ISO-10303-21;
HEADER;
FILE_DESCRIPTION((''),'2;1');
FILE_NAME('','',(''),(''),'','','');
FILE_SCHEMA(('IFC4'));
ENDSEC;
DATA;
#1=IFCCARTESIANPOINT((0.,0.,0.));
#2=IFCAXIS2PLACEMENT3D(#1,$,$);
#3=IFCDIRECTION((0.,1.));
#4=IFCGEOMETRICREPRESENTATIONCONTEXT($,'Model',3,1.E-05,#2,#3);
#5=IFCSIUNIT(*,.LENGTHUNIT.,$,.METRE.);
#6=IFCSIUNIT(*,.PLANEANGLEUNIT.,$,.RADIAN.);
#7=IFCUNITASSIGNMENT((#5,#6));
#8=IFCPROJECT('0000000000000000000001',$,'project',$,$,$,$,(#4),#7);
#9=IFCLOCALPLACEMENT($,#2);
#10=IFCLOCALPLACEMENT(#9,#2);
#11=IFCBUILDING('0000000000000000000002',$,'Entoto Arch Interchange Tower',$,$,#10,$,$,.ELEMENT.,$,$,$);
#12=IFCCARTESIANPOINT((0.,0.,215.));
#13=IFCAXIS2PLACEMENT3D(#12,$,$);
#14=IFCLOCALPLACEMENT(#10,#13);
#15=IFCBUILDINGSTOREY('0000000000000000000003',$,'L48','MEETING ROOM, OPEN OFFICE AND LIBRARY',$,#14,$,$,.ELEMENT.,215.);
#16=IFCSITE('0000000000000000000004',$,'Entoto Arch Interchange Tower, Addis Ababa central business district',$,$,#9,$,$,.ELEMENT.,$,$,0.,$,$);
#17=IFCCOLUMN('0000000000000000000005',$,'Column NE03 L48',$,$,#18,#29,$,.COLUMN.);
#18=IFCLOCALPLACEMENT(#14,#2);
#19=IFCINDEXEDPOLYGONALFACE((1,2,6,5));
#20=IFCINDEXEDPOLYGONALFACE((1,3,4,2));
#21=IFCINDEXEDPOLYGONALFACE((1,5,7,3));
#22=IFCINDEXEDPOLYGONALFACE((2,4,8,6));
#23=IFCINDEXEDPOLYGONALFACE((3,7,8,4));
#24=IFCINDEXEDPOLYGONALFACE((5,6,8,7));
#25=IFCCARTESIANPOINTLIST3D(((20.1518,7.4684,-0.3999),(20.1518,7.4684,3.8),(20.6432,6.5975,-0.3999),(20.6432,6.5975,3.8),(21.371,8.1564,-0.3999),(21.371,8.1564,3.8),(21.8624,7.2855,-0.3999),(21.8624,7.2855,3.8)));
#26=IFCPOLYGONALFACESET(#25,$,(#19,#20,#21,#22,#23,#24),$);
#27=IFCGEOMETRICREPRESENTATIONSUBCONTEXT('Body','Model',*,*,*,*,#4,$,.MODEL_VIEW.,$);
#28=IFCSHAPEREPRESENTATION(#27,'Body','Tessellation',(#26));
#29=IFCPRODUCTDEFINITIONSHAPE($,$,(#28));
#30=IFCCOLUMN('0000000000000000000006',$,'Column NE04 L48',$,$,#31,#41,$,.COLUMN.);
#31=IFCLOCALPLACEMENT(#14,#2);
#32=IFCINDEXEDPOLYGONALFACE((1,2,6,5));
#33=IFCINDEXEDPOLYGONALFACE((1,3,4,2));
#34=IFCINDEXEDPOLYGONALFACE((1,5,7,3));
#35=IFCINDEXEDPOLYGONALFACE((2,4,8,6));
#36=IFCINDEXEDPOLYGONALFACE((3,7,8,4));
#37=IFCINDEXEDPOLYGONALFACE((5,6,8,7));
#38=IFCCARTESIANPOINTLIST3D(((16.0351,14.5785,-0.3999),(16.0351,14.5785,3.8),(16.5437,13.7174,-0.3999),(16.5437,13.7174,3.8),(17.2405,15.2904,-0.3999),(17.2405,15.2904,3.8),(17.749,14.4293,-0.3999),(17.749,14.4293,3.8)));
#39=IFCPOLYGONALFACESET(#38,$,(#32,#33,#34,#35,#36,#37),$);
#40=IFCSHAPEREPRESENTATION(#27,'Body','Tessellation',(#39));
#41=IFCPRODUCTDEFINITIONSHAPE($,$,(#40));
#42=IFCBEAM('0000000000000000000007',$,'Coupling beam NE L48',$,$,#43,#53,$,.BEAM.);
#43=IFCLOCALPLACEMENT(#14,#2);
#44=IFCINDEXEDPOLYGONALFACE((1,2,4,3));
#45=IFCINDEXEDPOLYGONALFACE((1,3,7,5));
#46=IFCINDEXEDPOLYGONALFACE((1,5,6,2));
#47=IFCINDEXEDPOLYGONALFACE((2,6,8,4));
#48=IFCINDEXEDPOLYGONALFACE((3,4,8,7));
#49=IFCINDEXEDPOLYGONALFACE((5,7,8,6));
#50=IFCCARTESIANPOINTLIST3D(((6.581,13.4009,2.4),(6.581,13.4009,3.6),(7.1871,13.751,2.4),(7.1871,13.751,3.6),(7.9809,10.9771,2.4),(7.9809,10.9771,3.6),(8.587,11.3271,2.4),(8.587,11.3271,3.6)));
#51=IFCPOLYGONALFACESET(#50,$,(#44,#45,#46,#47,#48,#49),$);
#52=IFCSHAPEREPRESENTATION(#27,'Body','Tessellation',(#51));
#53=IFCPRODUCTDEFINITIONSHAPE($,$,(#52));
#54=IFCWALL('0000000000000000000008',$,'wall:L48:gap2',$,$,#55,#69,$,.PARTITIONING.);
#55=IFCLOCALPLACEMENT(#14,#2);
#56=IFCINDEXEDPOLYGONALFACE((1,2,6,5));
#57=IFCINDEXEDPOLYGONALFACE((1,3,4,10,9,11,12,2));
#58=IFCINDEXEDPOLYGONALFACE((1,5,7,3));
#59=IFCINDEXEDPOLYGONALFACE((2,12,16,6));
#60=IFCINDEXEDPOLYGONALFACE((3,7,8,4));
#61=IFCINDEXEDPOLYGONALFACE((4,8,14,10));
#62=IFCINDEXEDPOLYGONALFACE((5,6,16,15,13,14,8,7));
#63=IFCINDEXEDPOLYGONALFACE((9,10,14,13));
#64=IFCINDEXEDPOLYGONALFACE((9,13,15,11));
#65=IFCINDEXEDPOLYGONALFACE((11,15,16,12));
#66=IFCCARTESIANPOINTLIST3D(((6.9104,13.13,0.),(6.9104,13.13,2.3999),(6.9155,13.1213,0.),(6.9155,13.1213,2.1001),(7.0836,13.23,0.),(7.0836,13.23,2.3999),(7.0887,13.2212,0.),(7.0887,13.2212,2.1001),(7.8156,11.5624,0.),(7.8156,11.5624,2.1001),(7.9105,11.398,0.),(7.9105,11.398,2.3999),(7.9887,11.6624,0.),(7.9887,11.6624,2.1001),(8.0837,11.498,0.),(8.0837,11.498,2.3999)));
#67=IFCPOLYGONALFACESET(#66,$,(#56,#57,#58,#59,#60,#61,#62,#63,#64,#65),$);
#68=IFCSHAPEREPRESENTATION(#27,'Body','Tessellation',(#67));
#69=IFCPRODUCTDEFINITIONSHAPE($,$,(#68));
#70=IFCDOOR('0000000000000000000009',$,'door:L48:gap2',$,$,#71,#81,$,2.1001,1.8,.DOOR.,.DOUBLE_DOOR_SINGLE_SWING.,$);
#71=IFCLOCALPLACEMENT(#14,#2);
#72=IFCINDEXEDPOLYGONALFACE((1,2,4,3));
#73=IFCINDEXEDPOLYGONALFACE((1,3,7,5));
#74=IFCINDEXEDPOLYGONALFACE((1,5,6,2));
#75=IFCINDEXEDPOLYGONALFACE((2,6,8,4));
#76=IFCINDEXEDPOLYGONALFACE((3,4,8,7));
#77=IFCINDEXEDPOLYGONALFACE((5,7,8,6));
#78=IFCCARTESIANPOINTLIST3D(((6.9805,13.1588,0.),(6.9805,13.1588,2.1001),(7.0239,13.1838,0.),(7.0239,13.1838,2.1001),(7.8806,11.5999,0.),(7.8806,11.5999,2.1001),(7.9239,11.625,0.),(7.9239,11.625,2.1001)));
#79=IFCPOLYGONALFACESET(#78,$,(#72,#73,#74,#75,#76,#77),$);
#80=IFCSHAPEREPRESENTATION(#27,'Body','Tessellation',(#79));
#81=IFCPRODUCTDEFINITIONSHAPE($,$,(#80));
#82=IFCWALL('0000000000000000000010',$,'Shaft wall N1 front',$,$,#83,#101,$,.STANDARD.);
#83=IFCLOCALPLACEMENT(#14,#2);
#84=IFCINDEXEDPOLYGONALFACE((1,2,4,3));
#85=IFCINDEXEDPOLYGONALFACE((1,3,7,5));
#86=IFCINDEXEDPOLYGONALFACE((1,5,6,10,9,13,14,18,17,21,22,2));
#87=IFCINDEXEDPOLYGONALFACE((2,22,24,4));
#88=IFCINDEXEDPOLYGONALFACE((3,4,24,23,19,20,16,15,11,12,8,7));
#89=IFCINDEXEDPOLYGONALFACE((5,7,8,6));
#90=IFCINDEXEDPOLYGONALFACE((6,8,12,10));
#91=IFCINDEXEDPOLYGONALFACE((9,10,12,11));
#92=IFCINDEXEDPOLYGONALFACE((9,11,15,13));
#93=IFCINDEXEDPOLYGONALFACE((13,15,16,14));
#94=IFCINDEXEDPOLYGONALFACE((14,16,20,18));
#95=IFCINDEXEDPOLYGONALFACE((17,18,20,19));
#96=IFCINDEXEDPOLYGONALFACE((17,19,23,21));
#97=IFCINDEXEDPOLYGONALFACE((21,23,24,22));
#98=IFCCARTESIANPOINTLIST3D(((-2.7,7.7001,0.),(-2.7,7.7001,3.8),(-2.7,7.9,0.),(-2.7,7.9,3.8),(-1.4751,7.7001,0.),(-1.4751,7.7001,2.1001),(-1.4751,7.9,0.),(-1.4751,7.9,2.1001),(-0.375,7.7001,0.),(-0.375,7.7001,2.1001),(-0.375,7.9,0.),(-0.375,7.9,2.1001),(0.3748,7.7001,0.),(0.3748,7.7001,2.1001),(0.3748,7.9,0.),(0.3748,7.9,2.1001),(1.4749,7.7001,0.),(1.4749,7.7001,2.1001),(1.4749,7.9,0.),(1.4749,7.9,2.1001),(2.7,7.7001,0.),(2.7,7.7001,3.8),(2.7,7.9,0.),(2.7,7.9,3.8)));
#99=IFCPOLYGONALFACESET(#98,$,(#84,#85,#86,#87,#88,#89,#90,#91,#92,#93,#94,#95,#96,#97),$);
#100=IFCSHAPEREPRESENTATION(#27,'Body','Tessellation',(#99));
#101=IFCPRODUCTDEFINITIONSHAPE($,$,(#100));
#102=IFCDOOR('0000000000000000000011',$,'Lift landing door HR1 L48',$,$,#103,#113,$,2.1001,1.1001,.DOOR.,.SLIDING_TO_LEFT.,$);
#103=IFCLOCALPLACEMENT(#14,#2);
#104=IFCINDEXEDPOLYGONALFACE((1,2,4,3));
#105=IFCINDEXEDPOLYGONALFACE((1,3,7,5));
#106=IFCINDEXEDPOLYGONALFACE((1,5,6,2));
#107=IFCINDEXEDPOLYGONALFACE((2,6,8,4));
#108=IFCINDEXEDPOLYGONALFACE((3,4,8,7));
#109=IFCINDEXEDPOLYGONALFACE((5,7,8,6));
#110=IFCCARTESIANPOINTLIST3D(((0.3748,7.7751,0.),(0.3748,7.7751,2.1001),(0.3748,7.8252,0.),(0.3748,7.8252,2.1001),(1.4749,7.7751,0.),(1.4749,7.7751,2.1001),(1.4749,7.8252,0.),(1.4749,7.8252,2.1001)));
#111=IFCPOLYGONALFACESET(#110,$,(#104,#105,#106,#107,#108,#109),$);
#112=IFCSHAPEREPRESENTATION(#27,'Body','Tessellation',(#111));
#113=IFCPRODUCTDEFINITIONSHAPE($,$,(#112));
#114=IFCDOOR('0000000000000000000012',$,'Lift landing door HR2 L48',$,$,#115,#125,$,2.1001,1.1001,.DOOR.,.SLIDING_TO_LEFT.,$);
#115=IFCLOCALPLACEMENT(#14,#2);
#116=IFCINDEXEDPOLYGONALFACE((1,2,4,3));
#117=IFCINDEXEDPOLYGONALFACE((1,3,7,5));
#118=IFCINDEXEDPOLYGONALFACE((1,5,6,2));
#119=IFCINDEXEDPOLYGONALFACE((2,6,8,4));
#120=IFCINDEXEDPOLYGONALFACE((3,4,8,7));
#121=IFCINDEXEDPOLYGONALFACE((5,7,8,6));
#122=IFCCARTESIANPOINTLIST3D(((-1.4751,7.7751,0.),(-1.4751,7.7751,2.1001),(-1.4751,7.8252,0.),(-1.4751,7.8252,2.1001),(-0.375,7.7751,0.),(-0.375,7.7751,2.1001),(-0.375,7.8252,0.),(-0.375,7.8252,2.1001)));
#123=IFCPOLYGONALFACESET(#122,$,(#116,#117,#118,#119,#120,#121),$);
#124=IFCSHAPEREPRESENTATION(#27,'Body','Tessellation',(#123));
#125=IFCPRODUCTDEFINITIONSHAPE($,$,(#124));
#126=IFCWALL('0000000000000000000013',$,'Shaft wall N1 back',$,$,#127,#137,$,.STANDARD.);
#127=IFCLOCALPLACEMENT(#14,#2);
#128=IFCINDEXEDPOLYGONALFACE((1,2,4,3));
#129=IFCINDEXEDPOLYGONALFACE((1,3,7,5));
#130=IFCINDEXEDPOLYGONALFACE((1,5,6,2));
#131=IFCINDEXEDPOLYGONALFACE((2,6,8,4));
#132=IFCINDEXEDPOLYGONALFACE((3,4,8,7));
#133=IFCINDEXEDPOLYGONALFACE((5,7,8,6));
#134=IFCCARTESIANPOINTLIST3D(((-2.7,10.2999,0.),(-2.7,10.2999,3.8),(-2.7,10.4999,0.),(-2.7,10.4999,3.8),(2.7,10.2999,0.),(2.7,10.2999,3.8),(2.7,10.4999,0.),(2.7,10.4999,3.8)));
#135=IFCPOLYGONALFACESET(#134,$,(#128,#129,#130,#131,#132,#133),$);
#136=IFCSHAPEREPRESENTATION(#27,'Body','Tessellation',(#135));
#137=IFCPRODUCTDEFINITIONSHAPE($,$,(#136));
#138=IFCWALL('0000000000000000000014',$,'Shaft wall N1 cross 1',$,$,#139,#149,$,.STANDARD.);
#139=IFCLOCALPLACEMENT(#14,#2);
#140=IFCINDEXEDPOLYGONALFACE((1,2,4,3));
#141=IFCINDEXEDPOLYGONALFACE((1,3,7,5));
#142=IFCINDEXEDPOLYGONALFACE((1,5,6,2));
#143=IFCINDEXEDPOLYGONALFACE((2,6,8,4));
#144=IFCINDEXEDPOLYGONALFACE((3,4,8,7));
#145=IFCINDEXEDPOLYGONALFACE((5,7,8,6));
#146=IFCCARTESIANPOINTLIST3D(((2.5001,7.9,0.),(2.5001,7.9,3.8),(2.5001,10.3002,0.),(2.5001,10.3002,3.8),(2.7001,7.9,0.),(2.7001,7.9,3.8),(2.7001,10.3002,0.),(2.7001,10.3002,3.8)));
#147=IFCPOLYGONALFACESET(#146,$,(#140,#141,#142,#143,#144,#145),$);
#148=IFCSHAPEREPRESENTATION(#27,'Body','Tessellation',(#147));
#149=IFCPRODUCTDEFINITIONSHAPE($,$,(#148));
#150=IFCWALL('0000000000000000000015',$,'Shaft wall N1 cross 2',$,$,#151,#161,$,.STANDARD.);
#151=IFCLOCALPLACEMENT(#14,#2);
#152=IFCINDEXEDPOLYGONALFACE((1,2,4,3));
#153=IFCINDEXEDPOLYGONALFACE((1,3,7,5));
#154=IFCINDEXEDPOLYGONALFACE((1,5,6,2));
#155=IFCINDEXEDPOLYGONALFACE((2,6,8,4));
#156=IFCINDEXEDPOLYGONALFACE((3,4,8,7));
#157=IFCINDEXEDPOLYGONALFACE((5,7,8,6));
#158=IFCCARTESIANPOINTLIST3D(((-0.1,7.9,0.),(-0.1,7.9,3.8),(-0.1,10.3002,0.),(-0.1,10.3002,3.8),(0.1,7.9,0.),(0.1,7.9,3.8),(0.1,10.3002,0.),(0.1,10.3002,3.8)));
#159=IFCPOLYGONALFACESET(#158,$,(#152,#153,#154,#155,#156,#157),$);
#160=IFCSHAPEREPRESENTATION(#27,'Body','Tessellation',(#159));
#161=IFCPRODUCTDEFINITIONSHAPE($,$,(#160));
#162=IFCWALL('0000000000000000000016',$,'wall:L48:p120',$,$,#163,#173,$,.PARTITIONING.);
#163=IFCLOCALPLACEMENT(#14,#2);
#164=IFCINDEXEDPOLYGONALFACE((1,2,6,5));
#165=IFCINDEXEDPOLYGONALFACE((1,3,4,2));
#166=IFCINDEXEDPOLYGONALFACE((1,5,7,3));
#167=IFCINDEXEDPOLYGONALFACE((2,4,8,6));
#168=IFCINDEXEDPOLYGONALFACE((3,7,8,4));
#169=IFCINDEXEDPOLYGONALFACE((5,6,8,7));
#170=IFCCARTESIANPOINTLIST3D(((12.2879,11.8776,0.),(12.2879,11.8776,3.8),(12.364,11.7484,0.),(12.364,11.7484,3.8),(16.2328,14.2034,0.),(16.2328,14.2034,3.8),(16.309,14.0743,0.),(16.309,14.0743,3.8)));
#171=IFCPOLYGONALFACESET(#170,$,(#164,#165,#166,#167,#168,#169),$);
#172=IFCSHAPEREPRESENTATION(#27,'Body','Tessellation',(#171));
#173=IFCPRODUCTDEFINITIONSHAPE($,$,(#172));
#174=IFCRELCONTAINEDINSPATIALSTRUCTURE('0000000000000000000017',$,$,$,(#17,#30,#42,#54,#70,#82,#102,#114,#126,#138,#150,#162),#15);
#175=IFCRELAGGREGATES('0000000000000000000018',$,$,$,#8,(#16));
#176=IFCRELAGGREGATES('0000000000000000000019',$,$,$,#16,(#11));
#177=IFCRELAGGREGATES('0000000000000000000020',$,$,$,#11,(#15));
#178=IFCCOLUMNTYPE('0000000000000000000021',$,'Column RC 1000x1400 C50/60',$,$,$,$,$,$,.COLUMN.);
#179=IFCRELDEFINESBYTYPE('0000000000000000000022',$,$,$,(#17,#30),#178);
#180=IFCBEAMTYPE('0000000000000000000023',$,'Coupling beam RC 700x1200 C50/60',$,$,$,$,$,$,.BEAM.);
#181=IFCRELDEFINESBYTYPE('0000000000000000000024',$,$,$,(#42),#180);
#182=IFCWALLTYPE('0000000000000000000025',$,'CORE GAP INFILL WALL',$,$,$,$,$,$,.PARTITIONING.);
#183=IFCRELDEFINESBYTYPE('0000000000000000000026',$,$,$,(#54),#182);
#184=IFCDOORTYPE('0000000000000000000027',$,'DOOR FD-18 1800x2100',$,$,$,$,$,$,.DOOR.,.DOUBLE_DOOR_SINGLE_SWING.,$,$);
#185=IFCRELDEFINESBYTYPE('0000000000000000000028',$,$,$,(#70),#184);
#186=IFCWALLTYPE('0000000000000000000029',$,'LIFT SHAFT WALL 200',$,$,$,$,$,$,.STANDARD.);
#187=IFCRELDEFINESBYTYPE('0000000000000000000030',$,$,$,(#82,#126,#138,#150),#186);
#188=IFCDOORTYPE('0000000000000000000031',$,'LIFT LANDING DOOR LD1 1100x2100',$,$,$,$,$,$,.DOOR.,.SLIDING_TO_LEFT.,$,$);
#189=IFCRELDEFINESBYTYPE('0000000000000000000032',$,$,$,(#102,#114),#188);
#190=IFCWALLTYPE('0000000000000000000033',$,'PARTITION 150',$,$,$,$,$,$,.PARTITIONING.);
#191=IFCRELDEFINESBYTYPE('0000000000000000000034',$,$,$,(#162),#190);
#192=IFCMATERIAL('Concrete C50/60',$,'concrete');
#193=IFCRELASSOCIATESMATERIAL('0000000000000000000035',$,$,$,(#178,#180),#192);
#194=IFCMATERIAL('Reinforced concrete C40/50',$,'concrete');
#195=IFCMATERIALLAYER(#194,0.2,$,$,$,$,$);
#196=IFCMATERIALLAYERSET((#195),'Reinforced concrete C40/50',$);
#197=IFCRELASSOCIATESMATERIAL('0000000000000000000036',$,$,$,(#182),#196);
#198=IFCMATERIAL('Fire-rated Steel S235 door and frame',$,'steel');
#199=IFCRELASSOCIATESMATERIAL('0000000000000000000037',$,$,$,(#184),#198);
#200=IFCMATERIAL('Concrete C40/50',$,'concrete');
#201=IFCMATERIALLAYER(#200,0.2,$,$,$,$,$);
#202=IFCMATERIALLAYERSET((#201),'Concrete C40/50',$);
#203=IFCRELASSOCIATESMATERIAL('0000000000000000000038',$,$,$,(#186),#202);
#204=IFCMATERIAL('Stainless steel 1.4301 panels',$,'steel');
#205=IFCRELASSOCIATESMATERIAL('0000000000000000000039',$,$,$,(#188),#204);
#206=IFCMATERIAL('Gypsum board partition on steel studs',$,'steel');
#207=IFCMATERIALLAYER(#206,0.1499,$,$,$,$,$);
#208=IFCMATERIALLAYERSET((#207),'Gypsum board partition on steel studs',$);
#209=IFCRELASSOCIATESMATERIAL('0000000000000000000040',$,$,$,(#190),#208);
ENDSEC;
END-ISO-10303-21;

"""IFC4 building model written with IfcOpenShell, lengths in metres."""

from ifc_helpers import new_model, si_unit, direction, frame, frame_2d, origin, origin_2d, place, context, subcontext, project, spatial, rectangle, extrude, material, layer, layer_set, material_profile, profile_set, type_object, element, fill, save


model = new_model("IFC4")

# Units and contexts
model_context = context("Model", 3, precision=1e-05, world=origin(), true_north=direction((0.0, 1.0)))
body_context = subcontext(model_context, "Body", "Model", "MODEL_VIEW")
ifc_project = project(units=[si_unit("LENGTHUNIT", "METRE"), si_unit("PLANEANGLEUNIT", "RADIAN")], contexts=[model_context])

# Site, building, storey
site_placement = place(None, origin())
site = spatial("IfcSite", under=ifc_project, at=site_placement, Name="Entoto Arch Interchange Tower, Addis Ababa central business district", CompositionType="ELEMENT", RefElevation=0.0)
building_placement = place(site_placement, origin())
building = spatial("IfcBuilding", under=site, at=building_placement, Name="Entoto Arch Interchange Tower", CompositionType="ELEMENT")
storey_placement = place(building_placement, frame((0.0, 0.0, 215.0)))
storey = spatial("IfcBuildingStorey", under=building, at=storey_placement, Name="L48", Description="MEETING ROOM, OPEN OFFICE AND LIBRARY", CompositionType="ELEMENT", Elevation=215.0)

# Columns
ifc_material_1 = material(Name="Concrete C50/60", Category="concrete")
ifc_material_profile_1 = material_profile(ifc_material_1, rectangle(XDim=1.0, YDim=1.3999, at=origin_2d()))
ifc_profile_set_1 = profile_set([ifc_material_profile_1], Name="Concrete C50/60")
column_type = type_object("IfcColumnType", Name="Column RC 1000x1400 C50/60", PredefinedType="COLUMN", material=ifc_profile_set_1)
for number, where, z_axis, x_axis, name in (
    (1, (21.0071, 7.377, -0.3999), (0.0, 0.0, 1.0), (-0.491436, 0.870914, 0.0), "Column NE03 L48"),
    (2, (16.8921, 14.5039, -0.3999), (0.0, 0.0, 1.0), (-0.508516, 0.861053, 0.0), "Column NE04 L48"),
):
    element("IfcColumn", number, at=place(storey_placement, frame(where, z_axis=z_axis, x_axis=x_axis)), inside=storey, type_object=column_type, Name=name, PredefinedType="COLUMN", context=body_context, shape_type="SweptSolid", body=[
        extrude(rectangle(XDim=1.0, YDim=1.3999, at=origin_2d()), origin(), (0.0, 0.0, 1.0), 4.2),
    ])

# Beam
ifc_material_profile_2 = material_profile(ifc_material_1, rectangle(XDim=0.7, YDim=1.2, at=origin_2d()))
ifc_profile_set_2 = profile_set([ifc_material_profile_2], Name="Concrete C50/60")
beam_type = type_object("IfcBeamType", Name="Coupling beam RC 700x1200 C50/60", PredefinedType="BEAM", material=ifc_profile_set_2)
beam_placement = place(storey_placement, frame((8.2839, 11.1521, 3.0), z_axis=(-0.500135, 0.865947, 0.0), x_axis=(-0.865947, -0.500135, 0.0)))
element("IfcBeam", 3, at=beam_placement, inside=storey, type_object=beam_type, Name="Coupling beam NE L48", PredefinedType="BEAM", context=body_context, shape_type="SweptSolid", body=[
    extrude(rectangle(XDim=0.7, YDim=1.2, at=origin_2d()), origin(), (0.0, 0.0, 1.0), 2.7991),
])

# Wall, opening, door
ifc_material_2 = material(Name="Reinforced concrete C40/50", Category="concrete")
ifc_layer_1 = layer(ifc_material_2, 0.2)
ifc_layer_set_1 = layer_set([ifc_layer_1], Name="Reinforced concrete C40/50")
wall_type_1 = type_object("IfcWallType", Name="CORE GAP INFILL WALL", PredefinedType="PARTITIONING", material=ifc_layer_set_1)
wall_1_placement = place(storey_placement, frame((7.9971, 11.448, 0.0), z_axis=(0.0, 0.0, 1.0), x_axis=(-0.500025, 0.866011, 0.0)))
wall_1 = element("IfcWall", 4, at=wall_1_placement, inside=storey, type_object=wall_type_1, Name="wall:L48:gap2", PredefinedType="PARTITIONING", context=body_context, shape_type="SweptSolid", body=[
    extrude(rectangle(XDim=2.0, YDim=0.2, at=frame_2d((1.0, 0.0))), origin(), (0.0, 0.0, 1.0), 2.3999),
])
opening_1_placement = place(wall_1_placement, frame((0.1899, 0.0, 0.0)))
opening_1 = element("IfcOpeningElement", 5, at=opening_1_placement, cuts=wall_1, PredefinedType="OPENING", context=body_context, shape_type="SweptSolid", body=[
    extrude(rectangle(XDim=1.8, YDim=2.1001, at=frame_2d((0.8999, 1.05))), frame((0.0, 0.1099, 0.0), z_axis=(0.0, -1.0, 0.0), x_axis=(1.0, 0.0, 0.0)), (0.0, 0.0, 1.0), 0.22),
])
ifc_material_3 = material(Name="Fire-rated Steel S235 door and frame", Category="steel")
door_type_1 = type_object("IfcDoorType", Name="DOOR FD-18 1800x2100", OperationType="DOUBLE_DOOR_SINGLE_SWING", PredefinedType="DOOR", material=ifc_material_3)
door_1_placement = place(opening_1_placement, origin())
door_1 = element("IfcDoor", 6, at=door_1_placement, inside=storey, type_object=door_type_1, Name="door:L48:gap2", OperationType="DOUBLE_DOOR_SINGLE_SWING", OverallHeight=2.1001, OverallWidth=1.8, PredefinedType="DOOR", context=body_context, shape_type="SweptSolid", body=[
    extrude(rectangle(XDim=1.8, YDim=2.1001, at=frame_2d((0.8999, 1.05))), frame((0.0, 0.0249, 0.0), z_axis=(0.0, -1.0, 0.0), x_axis=(1.0, 0.0, 0.0)), (0.0, 0.0, 1.0), 0.05),
])
fill(opening_1, door_1)

# Wall, openings, doors
ifc_material_4 = material(Name="Concrete C40/50", Category="concrete")
ifc_layer_2 = layer(ifc_material_4, 0.2)
ifc_layer_set_2 = layer_set([ifc_layer_2], Name="Concrete C40/50")
wall_type_2 = type_object("IfcWallType", Name="LIFT SHAFT WALL 200", PredefinedType="STANDARD", material=ifc_layer_set_2)
wall_2_placement = place(storey_placement, frame((2.7, 7.8, 0.0), z_axis=(0.0, 0.0, 1.0), x_axis=(-1.0, 0.0, 0.0)))
wall_2 = element("IfcWall", 7, at=wall_2_placement, inside=storey, type_object=wall_type_2, Name="Shaft wall N1 front", PredefinedType="STANDARD", context=body_context, shape_type="SweptSolid", body=[
    extrude(rectangle(XDim=5.3999, YDim=0.2, at=frame_2d((2.7, 0.0))), origin(), (0.0, 0.0, 1.0), 3.8),
])
opening_2_placement = place(wall_2_placement, frame((1.2251, 0.0, 0.0)))
opening_2 = element("IfcOpeningElement", 8, at=opening_2_placement, cuts=wall_2, PredefinedType="OPENING", context=body_context, shape_type="SweptSolid", body=[
    extrude(rectangle(XDim=1.1001, YDim=2.1001, at=frame_2d((0.55, 1.05))), frame((0.0, 0.1099, 0.0), z_axis=(0.0, -1.0, 0.0), x_axis=(1.0, 0.0, 0.0)), (0.0, 0.0, 1.0), 0.22),
])
opening_3_placement = place(wall_2_placement, frame((3.075, 0.0, 0.0)))
opening_3 = element("IfcOpeningElement", 9, at=opening_3_placement, cuts=wall_2, PredefinedType="OPENING", context=body_context, shape_type="SweptSolid", body=[
    extrude(rectangle(XDim=1.1001, YDim=2.1001, at=frame_2d((0.55, 1.05))), frame((0.0, 0.1099, 0.0), z_axis=(0.0, -1.0, 0.0), x_axis=(1.0, 0.0, 0.0)), (0.0, 0.0, 1.0), 0.22),
])
ifc_material_5 = material(Name="Stainless steel 1.4301 panels", Category="steel")
door_type_2 = type_object("IfcDoorType", Name="LIFT LANDING DOOR LD1 1100x2100", OperationType="SLIDING_TO_LEFT", PredefinedType="DOOR", material=ifc_material_5)
door_2_placement = place(opening_2_placement, origin())
door_2 = element("IfcDoor", 10, at=door_2_placement, inside=storey, type_object=door_type_2, Name="Lift landing door HR1 L48", OperationType="SLIDING_TO_LEFT", OverallHeight=2.1001, OverallWidth=1.1001, PredefinedType="DOOR", context=body_context, shape_type="SweptSolid", body=[
    extrude(rectangle(XDim=1.1001, YDim=2.1001, at=frame_2d((0.55, 1.05))), frame((0.0, 0.0249, 0.0), z_axis=(0.0, -1.0, 0.0), x_axis=(1.0, 0.0, 0.0)), (0.0, 0.0, 1.0), 0.05),
])
fill(opening_2, door_2)
door_3_placement = place(opening_3_placement, origin())
door_3 = element("IfcDoor", 11, at=door_3_placement, inside=storey, type_object=door_type_2, Name="Lift landing door HR2 L48", OperationType="SLIDING_TO_LEFT", OverallHeight=2.1001, OverallWidth=1.1001, PredefinedType="DOOR", context=body_context, shape_type="SweptSolid", body=[
    extrude(rectangle(XDim=1.1001, YDim=2.1001, at=frame_2d((0.55, 1.05))), frame((0.0, 0.0249, 0.0), z_axis=(0.0, -1.0, 0.0), x_axis=(1.0, 0.0, 0.0)), (0.0, 0.0, 1.0), 0.05),
])
fill(opening_3, door_3)

# Walls
wall_3_placement = place(storey_placement, frame((2.7, 10.3999, 0.0), z_axis=(0.0, 0.0, 1.0), x_axis=(-1.0, 0.0, 0.0)))
element("IfcWall", 12, at=wall_3_placement, inside=storey, type_object=wall_type_2, Name="Shaft wall N1 back", PredefinedType="STANDARD", context=body_context, shape_type="SweptSolid", body=[
    extrude(rectangle(XDim=5.3999, YDim=0.2, at=frame_2d((2.7, 0.0))), origin(), (0.0, 0.0, 1.0), 3.8),
])
for number, where, z_axis, x_axis, name in (
    (13, (2.6001, 7.8999, 0.0), (0.0, 0.0, 1.0), (0.0, 1.0, 0.0), "Shaft wall N1 cross 1"),
    (14, (0.0, 7.8999, 0.0), (0.0, 0.0, 1.0), (0.0, 1.0, 0.0), "Shaft wall N1 cross 2"),
):
    element("IfcWall", number, at=place(storey_placement, frame(where, z_axis=z_axis, x_axis=x_axis)), inside=storey, type_object=wall_type_2, Name=name, PredefinedType="STANDARD", context=body_context, shape_type="SweptSolid", body=[
        extrude(rectangle(XDim=2.4001, YDim=0.2, at=frame_2d((1.2002, 0.0))), origin(), (0.0, 0.0, 1.0), 3.8),
    ])
ifc_material_6 = material(Name="Gypsum board partition on steel studs", Category="steel")
ifc_layer_3 = layer(ifc_material_6, 0.1499)
ifc_layer_set_3 = layer_set([ifc_layer_3], Name="Gypsum board partition on steel studs")
wall_type_3 = type_object("IfcWallType", Name="PARTITION 150", PredefinedType="PARTITIONING", material=ifc_layer_set_3)
wall_4_placement = place(storey_placement, frame((12.3259, 11.813, 0.0), z_axis=(0.0, 0.0, 1.0), x_axis=(0.861428, 0.50788, 0.0)))
element("IfcWall", 15, at=wall_4_placement, inside=storey, type_object=wall_type_3, Name="wall:L48:p120", PredefinedType="PARTITIONING", context=body_context, shape_type="SweptSolid", body=[
    extrude(rectangle(XDim=4.5796, YDim=0.1499, at=frame_2d((2.2898, 0.0))), origin(), (0.0, 0.0, 1.0), 3.8),
])

save(model, "model.ifc")
